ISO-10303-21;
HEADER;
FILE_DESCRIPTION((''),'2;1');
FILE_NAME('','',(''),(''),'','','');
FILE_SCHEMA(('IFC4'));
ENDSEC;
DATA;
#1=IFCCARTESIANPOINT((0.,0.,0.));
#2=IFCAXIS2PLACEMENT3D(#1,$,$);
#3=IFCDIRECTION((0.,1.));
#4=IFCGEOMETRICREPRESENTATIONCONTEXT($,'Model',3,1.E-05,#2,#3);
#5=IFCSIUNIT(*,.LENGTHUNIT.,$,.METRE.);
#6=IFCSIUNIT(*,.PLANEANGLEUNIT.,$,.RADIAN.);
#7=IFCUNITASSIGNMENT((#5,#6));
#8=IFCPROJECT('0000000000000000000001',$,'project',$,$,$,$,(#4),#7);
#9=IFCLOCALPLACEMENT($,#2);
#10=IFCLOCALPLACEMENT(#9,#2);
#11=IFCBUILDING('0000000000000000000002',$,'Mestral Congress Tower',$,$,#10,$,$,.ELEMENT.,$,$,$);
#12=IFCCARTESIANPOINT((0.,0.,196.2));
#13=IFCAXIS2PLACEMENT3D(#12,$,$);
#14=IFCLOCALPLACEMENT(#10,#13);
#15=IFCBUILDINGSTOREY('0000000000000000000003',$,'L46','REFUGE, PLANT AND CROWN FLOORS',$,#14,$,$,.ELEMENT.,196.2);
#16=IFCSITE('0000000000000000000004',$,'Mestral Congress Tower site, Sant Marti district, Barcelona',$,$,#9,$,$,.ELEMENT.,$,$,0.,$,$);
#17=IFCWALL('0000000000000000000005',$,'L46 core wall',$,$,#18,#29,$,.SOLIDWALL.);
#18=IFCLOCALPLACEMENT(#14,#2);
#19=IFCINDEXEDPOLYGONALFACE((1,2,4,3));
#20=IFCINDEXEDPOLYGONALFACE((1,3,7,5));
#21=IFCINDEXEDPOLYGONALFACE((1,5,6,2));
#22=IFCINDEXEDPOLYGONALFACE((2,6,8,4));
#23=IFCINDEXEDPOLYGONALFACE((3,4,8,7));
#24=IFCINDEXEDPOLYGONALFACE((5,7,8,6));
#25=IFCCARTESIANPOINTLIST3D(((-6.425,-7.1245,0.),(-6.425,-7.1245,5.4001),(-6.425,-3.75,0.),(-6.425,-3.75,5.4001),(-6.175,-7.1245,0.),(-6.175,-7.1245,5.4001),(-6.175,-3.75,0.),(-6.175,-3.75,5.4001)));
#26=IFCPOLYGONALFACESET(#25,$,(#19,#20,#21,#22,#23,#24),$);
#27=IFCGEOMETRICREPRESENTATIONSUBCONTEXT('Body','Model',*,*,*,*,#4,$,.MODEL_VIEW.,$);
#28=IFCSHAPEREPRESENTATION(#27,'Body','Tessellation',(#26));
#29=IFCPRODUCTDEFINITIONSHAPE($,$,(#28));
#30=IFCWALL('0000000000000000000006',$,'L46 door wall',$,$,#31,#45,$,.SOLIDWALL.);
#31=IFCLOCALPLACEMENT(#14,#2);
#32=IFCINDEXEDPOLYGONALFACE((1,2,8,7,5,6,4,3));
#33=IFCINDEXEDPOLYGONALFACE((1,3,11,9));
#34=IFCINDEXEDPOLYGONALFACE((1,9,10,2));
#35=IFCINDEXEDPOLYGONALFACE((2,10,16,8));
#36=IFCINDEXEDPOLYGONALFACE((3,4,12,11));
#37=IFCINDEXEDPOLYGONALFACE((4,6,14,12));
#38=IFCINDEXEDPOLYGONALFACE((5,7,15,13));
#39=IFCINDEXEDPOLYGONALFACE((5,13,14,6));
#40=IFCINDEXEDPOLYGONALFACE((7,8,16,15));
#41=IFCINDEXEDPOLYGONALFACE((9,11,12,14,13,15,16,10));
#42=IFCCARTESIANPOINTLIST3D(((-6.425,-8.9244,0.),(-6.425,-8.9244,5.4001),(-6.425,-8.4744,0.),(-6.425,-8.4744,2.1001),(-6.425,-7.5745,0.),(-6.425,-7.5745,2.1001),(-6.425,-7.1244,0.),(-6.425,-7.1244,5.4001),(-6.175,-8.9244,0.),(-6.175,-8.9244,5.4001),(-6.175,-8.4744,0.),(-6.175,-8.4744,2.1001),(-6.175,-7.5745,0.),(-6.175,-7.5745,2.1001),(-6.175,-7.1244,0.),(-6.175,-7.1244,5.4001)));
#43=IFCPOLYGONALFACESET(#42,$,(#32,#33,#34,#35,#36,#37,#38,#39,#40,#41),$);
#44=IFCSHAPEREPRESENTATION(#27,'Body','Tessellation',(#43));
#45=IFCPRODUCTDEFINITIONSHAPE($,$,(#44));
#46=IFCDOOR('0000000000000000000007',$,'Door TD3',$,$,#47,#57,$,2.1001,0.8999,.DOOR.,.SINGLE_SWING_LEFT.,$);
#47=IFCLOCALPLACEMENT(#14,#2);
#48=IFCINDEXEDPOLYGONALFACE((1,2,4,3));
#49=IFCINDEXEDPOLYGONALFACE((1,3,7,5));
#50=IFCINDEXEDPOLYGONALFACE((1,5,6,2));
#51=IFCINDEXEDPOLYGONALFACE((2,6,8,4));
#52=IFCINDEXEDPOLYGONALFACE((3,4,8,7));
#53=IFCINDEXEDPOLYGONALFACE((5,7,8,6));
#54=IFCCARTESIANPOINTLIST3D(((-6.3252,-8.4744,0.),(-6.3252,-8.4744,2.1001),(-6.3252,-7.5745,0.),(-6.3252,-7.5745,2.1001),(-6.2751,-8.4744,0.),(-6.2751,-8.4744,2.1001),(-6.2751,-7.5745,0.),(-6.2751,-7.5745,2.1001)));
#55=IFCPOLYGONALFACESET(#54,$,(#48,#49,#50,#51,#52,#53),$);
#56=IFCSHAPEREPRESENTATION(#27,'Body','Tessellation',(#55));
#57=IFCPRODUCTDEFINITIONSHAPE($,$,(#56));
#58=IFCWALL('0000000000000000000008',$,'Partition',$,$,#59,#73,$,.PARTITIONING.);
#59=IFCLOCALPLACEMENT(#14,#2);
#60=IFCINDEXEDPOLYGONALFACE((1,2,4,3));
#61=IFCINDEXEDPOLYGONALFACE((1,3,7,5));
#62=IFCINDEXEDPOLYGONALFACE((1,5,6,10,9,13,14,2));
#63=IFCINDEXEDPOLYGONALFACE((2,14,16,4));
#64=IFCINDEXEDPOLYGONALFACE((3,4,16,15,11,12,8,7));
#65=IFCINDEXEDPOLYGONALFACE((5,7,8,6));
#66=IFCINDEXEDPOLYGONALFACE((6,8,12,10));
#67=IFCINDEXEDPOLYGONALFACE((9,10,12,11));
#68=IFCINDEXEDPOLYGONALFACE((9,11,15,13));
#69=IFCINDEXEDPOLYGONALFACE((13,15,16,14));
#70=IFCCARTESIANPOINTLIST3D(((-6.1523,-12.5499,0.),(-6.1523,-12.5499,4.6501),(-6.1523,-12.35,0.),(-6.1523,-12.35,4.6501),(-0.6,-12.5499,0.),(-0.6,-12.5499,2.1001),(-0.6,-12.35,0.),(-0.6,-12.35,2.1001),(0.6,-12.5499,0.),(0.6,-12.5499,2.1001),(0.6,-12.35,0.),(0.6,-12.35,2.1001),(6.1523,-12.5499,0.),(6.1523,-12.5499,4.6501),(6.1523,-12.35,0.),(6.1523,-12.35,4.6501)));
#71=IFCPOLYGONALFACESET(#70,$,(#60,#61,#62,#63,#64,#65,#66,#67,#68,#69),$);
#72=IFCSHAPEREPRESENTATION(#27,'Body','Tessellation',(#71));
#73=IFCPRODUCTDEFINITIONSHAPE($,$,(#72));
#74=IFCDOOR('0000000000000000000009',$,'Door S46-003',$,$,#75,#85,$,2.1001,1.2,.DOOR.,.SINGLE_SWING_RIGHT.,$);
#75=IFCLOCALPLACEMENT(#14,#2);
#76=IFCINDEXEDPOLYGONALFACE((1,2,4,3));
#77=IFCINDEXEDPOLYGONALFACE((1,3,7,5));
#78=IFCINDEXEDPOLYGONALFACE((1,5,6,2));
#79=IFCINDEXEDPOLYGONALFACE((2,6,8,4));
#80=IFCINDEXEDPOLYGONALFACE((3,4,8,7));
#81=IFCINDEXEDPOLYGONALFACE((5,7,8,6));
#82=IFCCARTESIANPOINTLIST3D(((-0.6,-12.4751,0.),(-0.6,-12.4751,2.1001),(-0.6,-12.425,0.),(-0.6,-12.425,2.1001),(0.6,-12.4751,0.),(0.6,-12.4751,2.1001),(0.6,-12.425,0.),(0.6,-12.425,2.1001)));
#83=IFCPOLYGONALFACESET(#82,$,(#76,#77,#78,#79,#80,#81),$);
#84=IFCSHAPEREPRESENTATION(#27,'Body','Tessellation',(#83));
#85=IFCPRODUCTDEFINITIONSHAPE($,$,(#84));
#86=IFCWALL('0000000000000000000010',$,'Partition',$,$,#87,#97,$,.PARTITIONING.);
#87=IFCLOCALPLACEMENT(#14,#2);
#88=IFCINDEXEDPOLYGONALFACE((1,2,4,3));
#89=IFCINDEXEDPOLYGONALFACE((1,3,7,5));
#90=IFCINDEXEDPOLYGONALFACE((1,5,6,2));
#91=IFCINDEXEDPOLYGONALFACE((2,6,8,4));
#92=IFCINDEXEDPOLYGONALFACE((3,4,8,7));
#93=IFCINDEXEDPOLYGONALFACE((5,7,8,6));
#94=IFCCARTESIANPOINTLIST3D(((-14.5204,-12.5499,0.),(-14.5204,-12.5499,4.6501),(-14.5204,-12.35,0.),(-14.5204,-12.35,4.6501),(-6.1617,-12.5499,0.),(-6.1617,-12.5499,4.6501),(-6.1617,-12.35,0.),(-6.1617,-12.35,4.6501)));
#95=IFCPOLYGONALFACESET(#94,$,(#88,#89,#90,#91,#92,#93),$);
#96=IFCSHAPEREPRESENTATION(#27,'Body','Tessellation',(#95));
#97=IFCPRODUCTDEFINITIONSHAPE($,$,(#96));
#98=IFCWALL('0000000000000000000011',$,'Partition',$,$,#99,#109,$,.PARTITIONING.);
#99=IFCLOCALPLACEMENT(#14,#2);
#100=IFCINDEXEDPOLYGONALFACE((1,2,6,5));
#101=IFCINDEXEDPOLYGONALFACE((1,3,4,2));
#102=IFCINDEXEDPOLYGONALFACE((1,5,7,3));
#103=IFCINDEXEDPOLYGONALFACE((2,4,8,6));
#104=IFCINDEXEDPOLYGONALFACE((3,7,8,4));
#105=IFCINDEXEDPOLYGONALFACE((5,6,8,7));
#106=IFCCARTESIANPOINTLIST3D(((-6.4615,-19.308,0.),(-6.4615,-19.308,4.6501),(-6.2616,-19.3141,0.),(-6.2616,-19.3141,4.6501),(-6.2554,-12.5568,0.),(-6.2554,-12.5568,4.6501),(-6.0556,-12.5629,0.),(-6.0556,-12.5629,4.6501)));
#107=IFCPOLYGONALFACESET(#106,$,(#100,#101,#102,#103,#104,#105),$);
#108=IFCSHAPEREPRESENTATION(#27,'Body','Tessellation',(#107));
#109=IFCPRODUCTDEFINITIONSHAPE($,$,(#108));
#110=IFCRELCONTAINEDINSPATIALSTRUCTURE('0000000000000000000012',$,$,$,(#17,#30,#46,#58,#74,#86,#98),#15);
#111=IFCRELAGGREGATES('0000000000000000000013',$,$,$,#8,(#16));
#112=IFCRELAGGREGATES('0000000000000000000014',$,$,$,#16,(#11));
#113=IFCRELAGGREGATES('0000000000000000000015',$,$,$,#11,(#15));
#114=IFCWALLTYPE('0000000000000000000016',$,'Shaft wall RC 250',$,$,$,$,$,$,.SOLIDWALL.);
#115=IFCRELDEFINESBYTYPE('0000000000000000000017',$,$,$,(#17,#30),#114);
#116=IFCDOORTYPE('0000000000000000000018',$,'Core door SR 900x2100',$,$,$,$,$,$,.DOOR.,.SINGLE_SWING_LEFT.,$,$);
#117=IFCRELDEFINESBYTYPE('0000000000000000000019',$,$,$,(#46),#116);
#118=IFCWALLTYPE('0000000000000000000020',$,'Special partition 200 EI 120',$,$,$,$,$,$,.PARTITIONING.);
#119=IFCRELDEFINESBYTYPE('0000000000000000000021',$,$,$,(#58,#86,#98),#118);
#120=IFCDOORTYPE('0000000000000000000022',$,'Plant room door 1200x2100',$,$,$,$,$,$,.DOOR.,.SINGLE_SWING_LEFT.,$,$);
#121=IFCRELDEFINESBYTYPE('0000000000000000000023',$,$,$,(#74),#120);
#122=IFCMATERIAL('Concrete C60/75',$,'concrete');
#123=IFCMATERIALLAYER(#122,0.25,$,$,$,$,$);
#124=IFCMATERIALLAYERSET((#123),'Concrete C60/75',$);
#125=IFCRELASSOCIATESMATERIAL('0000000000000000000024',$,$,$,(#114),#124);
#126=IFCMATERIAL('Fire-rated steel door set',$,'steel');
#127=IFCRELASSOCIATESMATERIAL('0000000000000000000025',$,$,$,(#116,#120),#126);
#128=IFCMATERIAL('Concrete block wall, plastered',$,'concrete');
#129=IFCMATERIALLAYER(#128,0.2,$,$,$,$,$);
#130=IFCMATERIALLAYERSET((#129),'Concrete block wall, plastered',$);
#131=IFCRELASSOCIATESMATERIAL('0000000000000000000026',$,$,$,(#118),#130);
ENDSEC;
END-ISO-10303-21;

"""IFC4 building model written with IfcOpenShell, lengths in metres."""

from ifc_helpers import new_model, si_unit, direction, frame, frame_2d, origin, place, context, subcontext, project, spatial, rectangle, extrude, material, layer, layer_set, type_object, element, fill, save


model = new_model("IFC4")

# Units and contexts
model_context = context("Model", 3, precision=1e-05, world=origin(), true_north=direction((0.0, 1.0)))
body_context = subcontext(model_context, "Body", "Model", "MODEL_VIEW")
ifc_project = project(units=[si_unit("LENGTHUNIT", "METRE"), si_unit("PLANEANGLEUNIT", "RADIAN")], contexts=[model_context])

# Site, building, storey
site_placement = place(None, origin())
site = spatial("IfcSite", under=ifc_project, at=site_placement, Name="Mestral Congress Tower site, Sant Marti district, Barcelona", CompositionType="ELEMENT", RefElevation=0.0)
building_placement = place(site_placement, origin())
building = spatial("IfcBuilding", under=site, at=building_placement, Name="Mestral Congress Tower", CompositionType="ELEMENT")
storey_placement = place(building_placement, frame((0.0, 0.0, 196.2)))
storey = spatial("IfcBuildingStorey", under=building, at=storey_placement, Name="L46", Description="REFUGE, PLANT AND CROWN FLOORS", CompositionType="ELEMENT", Elevation=196.2)

# Wall
ifc_material_1 = material(Name="Concrete C60/75", Category="concrete")
ifc_layer_1 = layer(ifc_material_1, 0.25)
ifc_layer_set_1 = layer_set([ifc_layer_1], Name="Concrete C60/75")
wall_type_1 = type_object("IfcWallType", Name="Shaft wall RC 250", PredefinedType="SOLIDWALL", material=ifc_layer_set_1)
wall_1_placement = place(storey_placement, frame((-6.3, -7.1245, 0.0), z_axis=(0.0, 0.0, 1.0), x_axis=(0.0, 1.0, 0.0)))
element("IfcWall", 1, at=wall_1_placement, inside=storey, type_object=wall_type_1, Name="L46 core wall", PredefinedType="SOLIDWALL", context=body_context, shape_type="SweptSolid", body=[
    extrude(rectangle(XDim=3.3745, YDim=0.25, at=frame_2d((1.6873, 0.0))), origin(), (0.0, 0.0, 1.0), 5.4001),
])

# Walls, openings, doors
wall_2_placement = place(storey_placement, frame((-6.3, -7.1245, 0.0), z_axis=(0.0, 0.0, 1.0), x_axis=(0.0, -1.0, 0.0)))
wall_2 = element("IfcWall", 2, at=wall_2_placement, inside=storey, type_object=wall_type_1, Name="L46 door wall", PredefinedType="SOLIDWALL", context=body_context, shape_type="SweptSolid", body=[
    extrude(rectangle(XDim=1.8, YDim=0.25, at=frame_2d((0.8999, 0.0))), origin(), (0.0, 0.0, 1.0), 5.4001),
])
opening_1_placement = place(wall_2_placement, frame((0.45, 0.0, 0.0)))
opening_1 = element("IfcOpeningElement", 3, at=opening_1_placement, cuts=wall_2, PredefinedType="OPENING", context=body_context, shape_type="SweptSolid", body=[
    extrude(rectangle(XDim=0.8999, YDim=2.1001, at=frame_2d((0.45, 1.05))), frame((0.0, 0.135, 0.0), z_axis=(0.0, -1.0, 0.0), x_axis=(1.0, 0.0, 0.0)), (0.0, 0.0, 1.0), 0.27),
])
ifc_material_2 = material(Name="Fire-rated steel door set", Category="steel")
door_type_1 = type_object("IfcDoorType", Name="Core door SR 900x2100", OperationType="SINGLE_SWING_LEFT", PredefinedType="DOOR", material=ifc_material_2)
door_1_placement = place(opening_1_placement, origin())
door_1 = element("IfcDoor", 4, at=door_1_placement, inside=storey, type_object=door_type_1, Name="Door TD3", OperationType="SINGLE_SWING_LEFT", OverallHeight=2.1001, OverallWidth=0.8999, PredefinedType="DOOR", context=body_context, shape_type="SweptSolid", body=[
    extrude(rectangle(XDim=0.8999, YDim=2.1001, at=frame_2d((0.45, 1.05))), frame((0.0, 0.0249, 0.0), z_axis=(0.0, -1.0, 0.0), x_axis=(1.0, 0.0, 0.0)), (0.0, 0.0, 1.0), 0.05),
])
fill(opening_1, door_1)
ifc_material_3 = material(Name="Concrete block wall, plastered", Category="concrete")
ifc_layer_2 = layer(ifc_material_3, 0.2)
ifc_layer_set_2 = layer_set([ifc_layer_2], Name="Concrete block wall, plastered")
wall_type_2 = type_object("IfcWallType", Name="Special partition 200 EI 120", PredefinedType="PARTITIONING", material=ifc_layer_set_2)
wall_3_placement = place(storey_placement, frame((-6.1523, -12.45, 0.0), z_axis=(0.0, 0.0, 1.0), x_axis=(1.0, 0.0, 0.0)))
wall_3 = element("IfcWall", 5, at=wall_3_placement, inside=storey, type_object=wall_type_2, Name="Partition", PredefinedType="PARTITIONING", context=body_context, shape_type="SweptSolid", body=[
    extrude(rectangle(XDim=12.3047, YDim=0.2, at=frame_2d((6.1523, 0.0))), origin(), (0.0, 0.0, 1.0), 4.6501),
])
opening_2_placement = place(wall_3_placement, frame((5.5522, 0.0, 0.0)))
opening_2 = element("IfcOpeningElement", 6, at=opening_2_placement, cuts=wall_3, PredefinedType="OPENING", context=body_context, shape_type="SweptSolid", body=[
    extrude(rectangle(XDim=1.2, YDim=2.1001, at=frame_2d((0.6001, 1.05))), frame((0.0, 0.1099, 0.0), z_axis=(0.0, -1.0, 0.0), x_axis=(1.0, 0.0, 0.0)), (0.0, 0.0, 1.0), 0.22),
])
door_type_2 = type_object("IfcDoorType", Name="Plant room door 1200x2100", OperationType="SINGLE_SWING_LEFT", PredefinedType="DOOR", material=ifc_material_2)
door_2_placement = place(opening_2_placement, origin())
door_2 = element("IfcDoor", 7, at=door_2_placement, inside=storey, type_object=door_type_2, Name="Door S46-003", OperationType="SINGLE_SWING_RIGHT", OverallHeight=2.1001, OverallWidth=1.2, PredefinedType="DOOR", context=body_context, shape_type="SweptSolid", body=[
    extrude(rectangle(XDim=1.2, YDim=2.1001, at=frame_2d((0.6001, 1.05))), frame((0.0, 0.0249, 0.0), z_axis=(0.0, -1.0, 0.0), x_axis=(1.0, 0.0, 0.0)), (0.0, 0.0, 1.0), 0.05),
])
fill(opening_2, door_2)

# Walls
wall_4_placement = place(storey_placement, frame((-6.1619, -12.45, 0.0), z_axis=(0.0, 0.0, 1.0), x_axis=(-1.0, 0.0, 0.0)))
element("IfcWall", 8, at=wall_4_placement, inside=storey, type_object=wall_type_2, Name="Partition", PredefinedType="PARTITIONING", context=body_context, shape_type="SweptSolid", body=[
    extrude(rectangle(XDim=8.3586, YDim=0.2, at=frame_2d((4.1792, 0.0))), origin(), (0.0, 0.0, 1.0), 4.6501),
])
wall_5_placement = place(storey_placement, frame((-6.1555, -12.5598, 0.0), z_axis=(0.0, 0.0, 1.0), x_axis=(-0.030507, -0.999535, 0.0)))
element("IfcWall", 9, at=wall_5_placement, inside=storey, type_object=wall_type_2, Name="Partition", PredefinedType="PARTITIONING", context=body_context, shape_type="SweptSolid", body=[
    extrude(rectangle(XDim=6.7544, YDim=0.2, at=frame_2d((3.3772, 0.0))), origin(), (0.0, 0.0, 1.0), 4.6501),
])

save(model, "model.ifc")
